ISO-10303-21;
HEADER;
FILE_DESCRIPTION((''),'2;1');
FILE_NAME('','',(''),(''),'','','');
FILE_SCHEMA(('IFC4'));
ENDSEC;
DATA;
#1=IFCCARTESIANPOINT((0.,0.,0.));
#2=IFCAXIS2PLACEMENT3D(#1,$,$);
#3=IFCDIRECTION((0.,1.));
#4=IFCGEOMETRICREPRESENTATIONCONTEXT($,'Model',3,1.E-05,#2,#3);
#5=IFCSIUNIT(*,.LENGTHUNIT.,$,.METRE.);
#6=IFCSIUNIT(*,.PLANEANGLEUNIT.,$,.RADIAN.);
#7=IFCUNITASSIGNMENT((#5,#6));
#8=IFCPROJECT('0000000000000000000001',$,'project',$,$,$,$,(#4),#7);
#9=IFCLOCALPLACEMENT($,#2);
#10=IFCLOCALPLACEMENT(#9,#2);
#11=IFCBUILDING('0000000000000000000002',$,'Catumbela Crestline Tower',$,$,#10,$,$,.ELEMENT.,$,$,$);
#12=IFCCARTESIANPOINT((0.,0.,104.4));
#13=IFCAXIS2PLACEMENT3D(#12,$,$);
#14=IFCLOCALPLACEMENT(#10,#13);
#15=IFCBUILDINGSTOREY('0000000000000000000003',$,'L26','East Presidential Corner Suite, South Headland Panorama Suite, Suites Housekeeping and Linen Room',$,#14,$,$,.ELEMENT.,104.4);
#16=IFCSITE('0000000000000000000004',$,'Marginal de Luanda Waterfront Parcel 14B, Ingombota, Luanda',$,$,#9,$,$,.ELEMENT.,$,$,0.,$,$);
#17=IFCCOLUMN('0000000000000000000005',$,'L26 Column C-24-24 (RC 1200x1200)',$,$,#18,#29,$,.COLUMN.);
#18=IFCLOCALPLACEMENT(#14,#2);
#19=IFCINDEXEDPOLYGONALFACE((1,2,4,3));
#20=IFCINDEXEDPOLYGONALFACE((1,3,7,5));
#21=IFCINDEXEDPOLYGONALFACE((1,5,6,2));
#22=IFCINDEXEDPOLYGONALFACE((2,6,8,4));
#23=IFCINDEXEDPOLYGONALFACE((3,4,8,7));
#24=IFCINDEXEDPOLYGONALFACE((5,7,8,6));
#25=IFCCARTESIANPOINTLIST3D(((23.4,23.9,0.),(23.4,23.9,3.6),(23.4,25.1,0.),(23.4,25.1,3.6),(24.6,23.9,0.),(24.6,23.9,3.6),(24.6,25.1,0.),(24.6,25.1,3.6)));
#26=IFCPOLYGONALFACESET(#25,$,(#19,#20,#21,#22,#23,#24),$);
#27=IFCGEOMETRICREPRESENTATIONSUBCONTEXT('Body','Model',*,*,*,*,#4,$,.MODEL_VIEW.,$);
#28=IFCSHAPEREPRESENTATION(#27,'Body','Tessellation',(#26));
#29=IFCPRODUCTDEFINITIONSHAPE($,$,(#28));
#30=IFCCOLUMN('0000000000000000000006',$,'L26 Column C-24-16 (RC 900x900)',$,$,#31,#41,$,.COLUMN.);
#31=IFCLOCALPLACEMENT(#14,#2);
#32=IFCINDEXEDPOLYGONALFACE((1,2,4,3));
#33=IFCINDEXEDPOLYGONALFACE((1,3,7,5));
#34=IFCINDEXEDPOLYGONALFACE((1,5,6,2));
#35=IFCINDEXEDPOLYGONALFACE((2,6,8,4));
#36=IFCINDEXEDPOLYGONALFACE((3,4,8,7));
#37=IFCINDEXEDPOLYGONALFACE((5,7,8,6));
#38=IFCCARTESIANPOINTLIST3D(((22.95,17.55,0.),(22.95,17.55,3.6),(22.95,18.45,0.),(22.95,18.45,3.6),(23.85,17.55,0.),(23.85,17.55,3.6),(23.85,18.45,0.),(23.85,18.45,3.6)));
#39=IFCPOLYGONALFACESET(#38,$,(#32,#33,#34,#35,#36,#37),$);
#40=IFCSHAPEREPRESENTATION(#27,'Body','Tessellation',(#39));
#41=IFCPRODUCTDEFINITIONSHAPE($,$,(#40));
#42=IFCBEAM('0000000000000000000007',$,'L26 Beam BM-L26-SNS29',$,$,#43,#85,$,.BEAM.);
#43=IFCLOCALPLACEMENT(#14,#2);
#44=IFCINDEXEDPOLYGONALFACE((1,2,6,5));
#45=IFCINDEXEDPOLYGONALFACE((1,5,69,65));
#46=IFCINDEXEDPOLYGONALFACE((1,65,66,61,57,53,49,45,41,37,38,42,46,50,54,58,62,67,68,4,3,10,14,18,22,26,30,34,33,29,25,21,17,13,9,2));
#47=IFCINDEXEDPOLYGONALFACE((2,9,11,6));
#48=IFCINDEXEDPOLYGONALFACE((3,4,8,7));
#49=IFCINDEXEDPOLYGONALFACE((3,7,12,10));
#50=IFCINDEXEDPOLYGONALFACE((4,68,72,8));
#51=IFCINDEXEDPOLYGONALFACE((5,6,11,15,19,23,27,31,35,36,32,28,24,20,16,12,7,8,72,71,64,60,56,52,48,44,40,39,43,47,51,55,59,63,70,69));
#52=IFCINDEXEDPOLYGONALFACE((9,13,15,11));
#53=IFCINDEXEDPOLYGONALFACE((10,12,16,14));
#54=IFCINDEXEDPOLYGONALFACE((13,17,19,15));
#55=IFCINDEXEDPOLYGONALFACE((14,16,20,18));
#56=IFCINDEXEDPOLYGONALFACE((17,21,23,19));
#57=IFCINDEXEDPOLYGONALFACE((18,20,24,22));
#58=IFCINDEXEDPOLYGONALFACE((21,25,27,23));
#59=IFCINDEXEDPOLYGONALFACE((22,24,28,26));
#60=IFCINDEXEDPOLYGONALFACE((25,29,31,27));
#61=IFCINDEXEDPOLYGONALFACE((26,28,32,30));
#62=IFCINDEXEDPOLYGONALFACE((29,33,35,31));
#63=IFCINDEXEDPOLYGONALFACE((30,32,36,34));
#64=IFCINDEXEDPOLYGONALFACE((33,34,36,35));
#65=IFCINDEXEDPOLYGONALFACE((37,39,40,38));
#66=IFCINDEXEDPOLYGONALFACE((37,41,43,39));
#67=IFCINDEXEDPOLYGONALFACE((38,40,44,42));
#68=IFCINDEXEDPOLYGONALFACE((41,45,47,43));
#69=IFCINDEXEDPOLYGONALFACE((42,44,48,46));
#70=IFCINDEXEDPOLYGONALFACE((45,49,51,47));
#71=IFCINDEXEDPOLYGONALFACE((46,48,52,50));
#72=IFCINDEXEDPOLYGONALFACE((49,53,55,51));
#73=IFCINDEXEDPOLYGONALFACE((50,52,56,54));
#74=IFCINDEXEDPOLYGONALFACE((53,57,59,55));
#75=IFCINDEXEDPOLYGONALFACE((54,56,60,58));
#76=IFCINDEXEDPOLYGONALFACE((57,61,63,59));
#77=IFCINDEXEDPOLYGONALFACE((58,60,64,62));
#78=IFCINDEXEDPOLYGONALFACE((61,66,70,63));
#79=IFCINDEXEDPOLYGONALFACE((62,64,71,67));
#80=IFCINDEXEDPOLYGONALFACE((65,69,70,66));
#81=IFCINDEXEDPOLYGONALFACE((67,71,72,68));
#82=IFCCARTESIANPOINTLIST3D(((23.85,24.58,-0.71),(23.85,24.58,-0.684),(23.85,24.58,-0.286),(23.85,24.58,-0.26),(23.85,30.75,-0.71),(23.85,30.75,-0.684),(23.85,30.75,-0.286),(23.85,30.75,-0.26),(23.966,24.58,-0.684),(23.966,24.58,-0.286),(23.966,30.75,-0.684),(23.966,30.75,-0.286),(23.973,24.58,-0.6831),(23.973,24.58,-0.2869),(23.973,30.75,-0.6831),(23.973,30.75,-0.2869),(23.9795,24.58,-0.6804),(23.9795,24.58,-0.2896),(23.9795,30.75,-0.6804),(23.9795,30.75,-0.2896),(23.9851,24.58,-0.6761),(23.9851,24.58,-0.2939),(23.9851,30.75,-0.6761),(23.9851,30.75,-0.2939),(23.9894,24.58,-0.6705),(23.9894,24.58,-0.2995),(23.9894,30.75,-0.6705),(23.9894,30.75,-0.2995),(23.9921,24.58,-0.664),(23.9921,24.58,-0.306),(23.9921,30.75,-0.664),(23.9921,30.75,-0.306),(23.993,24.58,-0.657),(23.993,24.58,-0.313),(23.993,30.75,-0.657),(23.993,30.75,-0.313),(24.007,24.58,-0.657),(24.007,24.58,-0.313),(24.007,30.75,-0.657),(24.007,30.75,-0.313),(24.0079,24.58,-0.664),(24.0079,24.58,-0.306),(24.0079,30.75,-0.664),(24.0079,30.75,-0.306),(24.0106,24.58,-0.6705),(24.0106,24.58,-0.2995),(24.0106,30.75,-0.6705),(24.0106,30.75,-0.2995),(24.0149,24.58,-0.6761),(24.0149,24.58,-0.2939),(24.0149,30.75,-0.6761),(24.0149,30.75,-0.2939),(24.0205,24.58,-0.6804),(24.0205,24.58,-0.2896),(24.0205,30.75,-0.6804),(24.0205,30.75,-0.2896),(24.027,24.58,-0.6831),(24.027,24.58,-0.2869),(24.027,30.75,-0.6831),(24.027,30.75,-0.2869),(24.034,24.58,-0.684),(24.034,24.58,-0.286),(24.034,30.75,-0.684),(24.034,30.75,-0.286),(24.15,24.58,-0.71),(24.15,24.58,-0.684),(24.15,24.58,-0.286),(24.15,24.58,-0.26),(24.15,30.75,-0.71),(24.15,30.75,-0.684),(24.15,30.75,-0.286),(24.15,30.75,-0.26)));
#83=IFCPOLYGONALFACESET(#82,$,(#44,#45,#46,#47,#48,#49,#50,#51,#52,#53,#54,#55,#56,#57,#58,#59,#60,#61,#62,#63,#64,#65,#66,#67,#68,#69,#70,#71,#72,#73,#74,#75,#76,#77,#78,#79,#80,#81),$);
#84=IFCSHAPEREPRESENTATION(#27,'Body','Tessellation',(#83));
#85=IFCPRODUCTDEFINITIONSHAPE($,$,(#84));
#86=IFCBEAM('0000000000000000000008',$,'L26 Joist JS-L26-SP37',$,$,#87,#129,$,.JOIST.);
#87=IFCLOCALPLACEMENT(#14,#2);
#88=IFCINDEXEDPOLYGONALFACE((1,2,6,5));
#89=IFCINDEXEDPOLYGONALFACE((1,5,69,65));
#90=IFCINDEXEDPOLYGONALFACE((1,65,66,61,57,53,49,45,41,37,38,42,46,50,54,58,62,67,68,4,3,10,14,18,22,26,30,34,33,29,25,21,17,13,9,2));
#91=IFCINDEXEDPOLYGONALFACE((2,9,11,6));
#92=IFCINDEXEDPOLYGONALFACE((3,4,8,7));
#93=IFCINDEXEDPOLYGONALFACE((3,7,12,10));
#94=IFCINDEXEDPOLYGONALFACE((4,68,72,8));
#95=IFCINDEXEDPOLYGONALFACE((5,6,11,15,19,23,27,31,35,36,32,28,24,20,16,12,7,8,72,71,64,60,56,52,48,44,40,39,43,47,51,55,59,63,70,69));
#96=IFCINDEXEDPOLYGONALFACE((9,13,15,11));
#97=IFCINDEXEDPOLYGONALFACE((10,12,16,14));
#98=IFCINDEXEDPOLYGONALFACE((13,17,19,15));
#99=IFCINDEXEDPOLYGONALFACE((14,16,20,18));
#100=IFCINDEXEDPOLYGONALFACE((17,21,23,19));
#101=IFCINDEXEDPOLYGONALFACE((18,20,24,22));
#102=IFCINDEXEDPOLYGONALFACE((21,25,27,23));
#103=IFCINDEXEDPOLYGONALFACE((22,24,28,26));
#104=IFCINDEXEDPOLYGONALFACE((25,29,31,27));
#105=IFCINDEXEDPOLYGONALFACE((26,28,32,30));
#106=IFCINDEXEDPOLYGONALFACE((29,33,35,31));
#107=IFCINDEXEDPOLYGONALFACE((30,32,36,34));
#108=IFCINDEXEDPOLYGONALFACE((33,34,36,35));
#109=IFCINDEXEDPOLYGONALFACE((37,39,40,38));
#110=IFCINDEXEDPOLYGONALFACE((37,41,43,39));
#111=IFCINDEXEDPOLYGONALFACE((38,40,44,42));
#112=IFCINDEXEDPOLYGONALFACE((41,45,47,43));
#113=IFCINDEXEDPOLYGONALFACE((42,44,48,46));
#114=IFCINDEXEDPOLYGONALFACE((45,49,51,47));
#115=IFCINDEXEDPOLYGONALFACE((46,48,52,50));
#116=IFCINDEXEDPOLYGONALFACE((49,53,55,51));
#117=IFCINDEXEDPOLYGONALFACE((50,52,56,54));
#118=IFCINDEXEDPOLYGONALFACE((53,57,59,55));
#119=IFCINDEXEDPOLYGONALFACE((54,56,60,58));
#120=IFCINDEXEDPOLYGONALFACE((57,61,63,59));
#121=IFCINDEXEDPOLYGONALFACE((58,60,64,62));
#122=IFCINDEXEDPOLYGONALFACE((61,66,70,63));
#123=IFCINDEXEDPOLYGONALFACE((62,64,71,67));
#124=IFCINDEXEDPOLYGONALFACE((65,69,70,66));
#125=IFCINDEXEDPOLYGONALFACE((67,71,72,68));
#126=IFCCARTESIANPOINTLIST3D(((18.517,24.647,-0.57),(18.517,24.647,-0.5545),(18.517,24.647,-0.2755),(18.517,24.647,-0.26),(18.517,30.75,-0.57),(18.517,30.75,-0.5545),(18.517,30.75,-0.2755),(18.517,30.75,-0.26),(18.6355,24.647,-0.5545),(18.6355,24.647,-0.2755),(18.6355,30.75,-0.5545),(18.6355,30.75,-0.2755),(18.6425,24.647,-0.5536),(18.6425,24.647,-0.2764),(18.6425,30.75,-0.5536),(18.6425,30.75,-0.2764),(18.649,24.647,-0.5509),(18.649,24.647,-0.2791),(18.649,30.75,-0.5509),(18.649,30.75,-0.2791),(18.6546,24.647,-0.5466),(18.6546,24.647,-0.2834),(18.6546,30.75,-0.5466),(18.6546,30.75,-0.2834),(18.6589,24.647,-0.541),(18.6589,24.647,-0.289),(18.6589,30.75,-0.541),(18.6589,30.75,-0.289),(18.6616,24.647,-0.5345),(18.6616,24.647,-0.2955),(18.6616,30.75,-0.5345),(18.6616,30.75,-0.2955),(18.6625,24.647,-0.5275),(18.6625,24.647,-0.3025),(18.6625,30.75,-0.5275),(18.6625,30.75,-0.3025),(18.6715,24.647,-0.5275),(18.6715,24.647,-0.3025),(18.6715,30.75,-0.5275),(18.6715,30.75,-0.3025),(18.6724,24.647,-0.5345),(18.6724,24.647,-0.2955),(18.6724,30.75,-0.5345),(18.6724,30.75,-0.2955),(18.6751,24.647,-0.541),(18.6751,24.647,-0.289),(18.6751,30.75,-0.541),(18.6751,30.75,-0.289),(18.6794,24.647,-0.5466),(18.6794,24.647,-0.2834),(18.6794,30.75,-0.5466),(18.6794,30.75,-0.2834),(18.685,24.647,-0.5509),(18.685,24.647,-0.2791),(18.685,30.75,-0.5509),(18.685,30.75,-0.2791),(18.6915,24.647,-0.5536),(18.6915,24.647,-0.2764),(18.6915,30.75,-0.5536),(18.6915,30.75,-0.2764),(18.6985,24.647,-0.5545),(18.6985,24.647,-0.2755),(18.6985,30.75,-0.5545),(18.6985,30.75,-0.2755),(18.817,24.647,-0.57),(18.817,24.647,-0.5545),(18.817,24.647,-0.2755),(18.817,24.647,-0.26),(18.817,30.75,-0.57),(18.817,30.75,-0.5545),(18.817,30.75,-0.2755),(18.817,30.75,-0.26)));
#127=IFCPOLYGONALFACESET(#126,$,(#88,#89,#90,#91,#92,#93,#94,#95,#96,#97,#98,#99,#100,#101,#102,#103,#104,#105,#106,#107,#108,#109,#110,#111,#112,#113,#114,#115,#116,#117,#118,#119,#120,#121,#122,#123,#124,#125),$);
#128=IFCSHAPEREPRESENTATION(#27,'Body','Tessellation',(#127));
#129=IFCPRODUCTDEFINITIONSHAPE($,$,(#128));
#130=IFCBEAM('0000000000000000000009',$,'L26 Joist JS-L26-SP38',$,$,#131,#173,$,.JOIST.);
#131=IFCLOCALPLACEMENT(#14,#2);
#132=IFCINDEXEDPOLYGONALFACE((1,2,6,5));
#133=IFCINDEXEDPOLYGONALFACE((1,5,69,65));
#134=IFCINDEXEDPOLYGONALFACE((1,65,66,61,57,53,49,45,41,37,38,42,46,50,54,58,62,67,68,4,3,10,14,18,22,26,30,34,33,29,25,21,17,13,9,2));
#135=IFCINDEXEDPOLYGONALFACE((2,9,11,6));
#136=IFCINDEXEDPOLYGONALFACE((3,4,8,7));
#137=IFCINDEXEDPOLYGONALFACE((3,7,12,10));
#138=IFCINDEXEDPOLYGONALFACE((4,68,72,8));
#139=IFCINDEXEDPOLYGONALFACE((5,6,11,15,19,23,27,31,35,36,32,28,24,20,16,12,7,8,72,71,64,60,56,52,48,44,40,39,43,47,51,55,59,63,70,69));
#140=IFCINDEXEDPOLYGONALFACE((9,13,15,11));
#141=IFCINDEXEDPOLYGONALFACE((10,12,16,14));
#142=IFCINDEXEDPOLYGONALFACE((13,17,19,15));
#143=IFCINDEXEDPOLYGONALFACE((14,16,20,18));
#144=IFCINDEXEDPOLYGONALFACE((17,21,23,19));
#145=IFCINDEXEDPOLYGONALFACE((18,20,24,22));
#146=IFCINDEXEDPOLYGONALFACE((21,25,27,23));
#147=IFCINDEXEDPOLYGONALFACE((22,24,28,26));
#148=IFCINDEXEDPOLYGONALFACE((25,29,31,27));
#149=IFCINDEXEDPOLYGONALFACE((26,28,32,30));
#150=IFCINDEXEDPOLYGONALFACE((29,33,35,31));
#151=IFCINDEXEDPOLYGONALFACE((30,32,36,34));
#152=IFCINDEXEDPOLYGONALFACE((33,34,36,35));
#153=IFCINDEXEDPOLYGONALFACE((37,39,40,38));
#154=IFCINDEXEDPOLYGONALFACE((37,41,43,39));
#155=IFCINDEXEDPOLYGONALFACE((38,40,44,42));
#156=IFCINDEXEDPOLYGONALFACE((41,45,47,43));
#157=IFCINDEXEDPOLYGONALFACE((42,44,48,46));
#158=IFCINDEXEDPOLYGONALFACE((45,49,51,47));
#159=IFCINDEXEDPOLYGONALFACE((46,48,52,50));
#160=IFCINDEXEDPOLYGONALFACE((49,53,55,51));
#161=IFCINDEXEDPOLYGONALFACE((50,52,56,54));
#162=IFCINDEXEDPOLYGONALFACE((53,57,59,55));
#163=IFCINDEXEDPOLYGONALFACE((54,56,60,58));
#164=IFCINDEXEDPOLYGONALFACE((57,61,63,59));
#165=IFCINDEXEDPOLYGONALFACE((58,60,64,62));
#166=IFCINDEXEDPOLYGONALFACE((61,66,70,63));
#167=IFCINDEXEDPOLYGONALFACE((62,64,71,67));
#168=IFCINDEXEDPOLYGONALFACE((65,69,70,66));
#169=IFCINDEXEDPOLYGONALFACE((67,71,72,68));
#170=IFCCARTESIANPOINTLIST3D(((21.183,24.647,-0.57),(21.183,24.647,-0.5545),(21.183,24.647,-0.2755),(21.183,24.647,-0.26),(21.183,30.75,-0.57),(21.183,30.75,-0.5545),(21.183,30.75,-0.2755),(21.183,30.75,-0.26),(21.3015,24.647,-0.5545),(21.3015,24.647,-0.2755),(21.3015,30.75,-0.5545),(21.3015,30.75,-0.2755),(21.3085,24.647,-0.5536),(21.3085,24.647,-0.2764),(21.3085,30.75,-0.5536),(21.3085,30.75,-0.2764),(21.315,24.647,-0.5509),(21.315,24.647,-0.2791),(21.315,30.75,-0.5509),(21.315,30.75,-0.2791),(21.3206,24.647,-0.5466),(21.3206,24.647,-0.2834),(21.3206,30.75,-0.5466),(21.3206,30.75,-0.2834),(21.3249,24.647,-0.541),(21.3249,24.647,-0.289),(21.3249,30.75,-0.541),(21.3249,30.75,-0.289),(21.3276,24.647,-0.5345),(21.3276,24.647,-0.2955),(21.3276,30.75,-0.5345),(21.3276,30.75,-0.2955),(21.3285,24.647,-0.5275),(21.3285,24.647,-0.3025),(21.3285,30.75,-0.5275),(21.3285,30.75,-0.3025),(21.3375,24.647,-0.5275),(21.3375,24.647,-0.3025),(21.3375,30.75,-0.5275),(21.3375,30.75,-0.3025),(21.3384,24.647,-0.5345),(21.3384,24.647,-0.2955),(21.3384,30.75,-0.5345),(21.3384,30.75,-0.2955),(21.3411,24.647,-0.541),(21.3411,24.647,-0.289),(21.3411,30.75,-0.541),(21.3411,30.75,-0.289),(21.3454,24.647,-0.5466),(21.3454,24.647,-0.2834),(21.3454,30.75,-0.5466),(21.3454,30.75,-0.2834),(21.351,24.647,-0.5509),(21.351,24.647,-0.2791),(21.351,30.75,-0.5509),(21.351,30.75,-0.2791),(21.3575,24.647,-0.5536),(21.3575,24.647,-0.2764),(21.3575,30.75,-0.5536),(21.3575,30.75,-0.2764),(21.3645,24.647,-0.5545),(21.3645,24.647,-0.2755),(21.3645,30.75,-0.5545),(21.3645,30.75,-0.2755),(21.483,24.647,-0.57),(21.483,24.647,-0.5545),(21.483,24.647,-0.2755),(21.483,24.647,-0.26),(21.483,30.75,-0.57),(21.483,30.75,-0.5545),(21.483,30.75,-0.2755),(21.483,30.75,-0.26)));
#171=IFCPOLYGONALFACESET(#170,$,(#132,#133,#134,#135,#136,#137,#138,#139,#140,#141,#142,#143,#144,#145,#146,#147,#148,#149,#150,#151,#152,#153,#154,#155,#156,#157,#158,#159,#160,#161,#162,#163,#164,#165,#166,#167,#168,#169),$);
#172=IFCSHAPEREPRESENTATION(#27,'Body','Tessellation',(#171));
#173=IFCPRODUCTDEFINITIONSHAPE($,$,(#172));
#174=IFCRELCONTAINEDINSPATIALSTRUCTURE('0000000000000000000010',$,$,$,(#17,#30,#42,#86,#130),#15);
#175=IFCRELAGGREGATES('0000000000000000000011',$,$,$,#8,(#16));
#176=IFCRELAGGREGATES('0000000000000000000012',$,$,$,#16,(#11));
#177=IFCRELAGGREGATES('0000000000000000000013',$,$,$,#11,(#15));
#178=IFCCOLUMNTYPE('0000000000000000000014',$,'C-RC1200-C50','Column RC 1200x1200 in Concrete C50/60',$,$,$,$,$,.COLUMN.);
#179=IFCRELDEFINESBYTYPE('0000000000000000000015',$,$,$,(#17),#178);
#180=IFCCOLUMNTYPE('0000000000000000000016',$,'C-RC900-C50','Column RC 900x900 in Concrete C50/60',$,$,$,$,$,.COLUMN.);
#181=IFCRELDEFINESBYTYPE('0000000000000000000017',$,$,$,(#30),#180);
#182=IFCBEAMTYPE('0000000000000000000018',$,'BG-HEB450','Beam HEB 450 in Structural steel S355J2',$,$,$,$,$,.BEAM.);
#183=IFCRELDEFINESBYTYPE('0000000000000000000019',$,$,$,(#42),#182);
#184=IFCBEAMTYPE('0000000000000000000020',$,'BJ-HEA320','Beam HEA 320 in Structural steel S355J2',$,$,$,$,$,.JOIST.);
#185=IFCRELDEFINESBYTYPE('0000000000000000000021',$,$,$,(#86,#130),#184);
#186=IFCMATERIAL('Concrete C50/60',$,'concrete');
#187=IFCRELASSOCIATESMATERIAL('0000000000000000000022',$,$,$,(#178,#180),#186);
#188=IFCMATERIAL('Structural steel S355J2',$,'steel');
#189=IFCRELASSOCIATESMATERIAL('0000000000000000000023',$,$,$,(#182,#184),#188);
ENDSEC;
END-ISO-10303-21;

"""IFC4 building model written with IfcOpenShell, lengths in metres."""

from ifc_helpers import new_model, si_unit, direction, frame, origin, origin_2d, place, context, subcontext, project, spatial, rectangle, i_section, extrude, material, material_profile, profile_set, type_object, element, save


model = new_model("IFC4")

# Units and contexts
model_context = context("Model", 3, precision=1e-05, world=origin(), true_north=direction((0.0, 1.0)))
body_context = subcontext(model_context, "Body", "Model", "MODEL_VIEW")
ifc_project = project(units=[si_unit("LENGTHUNIT", "METRE"), si_unit("PLANEANGLEUNIT", "RADIAN")], contexts=[model_context])

# Site, building, storey
site_placement = place(None, origin())
site = spatial("IfcSite", under=ifc_project, at=site_placement, Name="Marginal de Luanda Waterfront Parcel 14B, Ingombota, Luanda", CompositionType="ELEMENT", RefElevation=0.0)
building_placement = place(site_placement, origin())
building = spatial("IfcBuilding", under=site, at=building_placement, Name="Catumbela Crestline Tower", CompositionType="ELEMENT")
storey_placement = place(building_placement, frame((0.0, 0.0, 104.4)))
storey = spatial("IfcBuildingStorey", under=building, at=storey_placement, Name="L26", Description="East Presidential Corner Suite, South Headland Panorama Suite, Suites Housekeeping and Linen Room", CompositionType="ELEMENT", Elevation=104.4)

# Columns
ifc_material_1 = material(Name="Concrete C50/60", Category="concrete")
ifc_material_profile_1 = material_profile(ifc_material_1, rectangle(XDim=1.2, YDim=1.2, at=origin_2d()), Name="RC 1200x1200")
ifc_profile_set_1 = profile_set([ifc_material_profile_1], Name="Concrete C50/60")
column_type_1 = type_object("IfcColumnType", Name="C-RC1200-C50", Description="Column RC 1200x1200 in Concrete C50/60", PredefinedType="COLUMN", material=ifc_profile_set_1)
column_1_placement = place(storey_placement, frame((24.0, 24.5, 0.0), z_axis=(0.0, 0.0, 1.0), x_axis=(1.0, 0.0, 0.0)))
element("IfcColumn", 1, at=column_1_placement, inside=storey, type_object=column_type_1, Name="L26 Column C-24-24 (RC 1200x1200)", PredefinedType="COLUMN", context=body_context, shape_type="SweptSolid", body=[
    extrude(rectangle(XDim=1.2, YDim=1.2, at=origin_2d()), origin(), (0.0, 0.0, 1.0), 3.6),
])
ifc_material_profile_2 = material_profile(ifc_material_1, rectangle(XDim=0.9, YDim=0.9, at=origin_2d()), Name="RC 900x900")
ifc_profile_set_2 = profile_set([ifc_material_profile_2], Name="Concrete C50/60")
column_type_2 = type_object("IfcColumnType", Name="C-RC900-C50", Description="Column RC 900x900 in Concrete C50/60", PredefinedType="COLUMN", material=ifc_profile_set_2)
column_2_placement = place(storey_placement, frame((23.4, 18.0, 0.0), z_axis=(0.0, 0.0, 1.0), x_axis=(1.0, 0.0, 0.0)))
element("IfcColumn", 2, at=column_2_placement, inside=storey, type_object=column_type_2, Name="L26 Column C-24-16 (RC 900x900)", PredefinedType="COLUMN", context=body_context, shape_type="SweptSolid", body=[
    extrude(rectangle(XDim=0.9, YDim=0.9, at=origin_2d()), origin(), (0.0, 0.0, 1.0), 3.6),
])

# Beams
ifc_material_2 = material(Name="Structural steel S355J2", Category="steel")
ifc_material_profile_3 = material_profile(ifc_material_2, i_section(OverallWidth=0.3, OverallDepth=0.45, WebThickness=0.014, FlangeThickness=0.026, FilletRadius=0.027, at=origin_2d()), Name="HEB 450")
ifc_profile_set_3 = profile_set([ifc_material_profile_3], Name="Structural steel S355J2")
beam_type_1 = type_object("IfcBeamType", Name="BG-HEB450", Description="Beam HEB 450 in Structural steel S355J2", PredefinedType="BEAM", material=ifc_profile_set_3)
beam_1_placement = place(storey_placement, frame((24.0, 24.58, -0.485), z_axis=(0.0, 1.0, 0.0), x_axis=(-1.0, 0.0, 0.0)))
element("IfcBeam", 3, at=beam_1_placement, inside=storey, type_object=beam_type_1, Name="L26 Beam BM-L26-SNS29", PredefinedType="BEAM", context=body_context, shape_type="SweptSolid", body=[
    extrude(i_section(OverallWidth=0.3, OverallDepth=0.45, WebThickness=0.014, FlangeThickness=0.026, FilletRadius=0.027, at=origin_2d()), origin(), (0.0, 0.0, 1.0), 6.17),
])
ifc_material_profile_4 = material_profile(ifc_material_2, i_section(OverallWidth=0.3, OverallDepth=0.31, WebThickness=0.009, FlangeThickness=0.0155, FilletRadius=0.027, at=origin_2d()), Name="HEA 320")
ifc_profile_set_4 = profile_set([ifc_material_profile_4], Name="Structural steel S355J2")
beam_type_2 = type_object("IfcBeamType", Name="BJ-HEA320", Description="Beam HEA 320 in Structural steel S355J2", PredefinedType="JOIST", material=ifc_profile_set_4)
for number, where, z_axis, x_axis, name in (
    (4, (18.667, 24.647, -0.415), (0.0, 1.0, 0.0), (-1.0, 0.0, 0.0), "L26 Joist JS-L26-SP37"),
    (5, (21.333, 24.647, -0.415), (0.0, 1.0, 0.0), (-1.0, 0.0, 0.0), "L26 Joist JS-L26-SP38"),
):
    element("IfcBeam", number, at=place(storey_placement, frame(where, z_axis=z_axis, x_axis=x_axis)), inside=storey, type_object=beam_type_2, Name=name, PredefinedType="JOIST", context=body_context, shape_type="SweptSolid", body=[
        extrude(i_section(OverallWidth=0.3, OverallDepth=0.31, WebThickness=0.009, FlangeThickness=0.0155, FilletRadius=0.027, at=origin_2d()), origin(), (0.0, 0.0, 1.0), 6.103),
    ])

save(model, "model.ifc")
